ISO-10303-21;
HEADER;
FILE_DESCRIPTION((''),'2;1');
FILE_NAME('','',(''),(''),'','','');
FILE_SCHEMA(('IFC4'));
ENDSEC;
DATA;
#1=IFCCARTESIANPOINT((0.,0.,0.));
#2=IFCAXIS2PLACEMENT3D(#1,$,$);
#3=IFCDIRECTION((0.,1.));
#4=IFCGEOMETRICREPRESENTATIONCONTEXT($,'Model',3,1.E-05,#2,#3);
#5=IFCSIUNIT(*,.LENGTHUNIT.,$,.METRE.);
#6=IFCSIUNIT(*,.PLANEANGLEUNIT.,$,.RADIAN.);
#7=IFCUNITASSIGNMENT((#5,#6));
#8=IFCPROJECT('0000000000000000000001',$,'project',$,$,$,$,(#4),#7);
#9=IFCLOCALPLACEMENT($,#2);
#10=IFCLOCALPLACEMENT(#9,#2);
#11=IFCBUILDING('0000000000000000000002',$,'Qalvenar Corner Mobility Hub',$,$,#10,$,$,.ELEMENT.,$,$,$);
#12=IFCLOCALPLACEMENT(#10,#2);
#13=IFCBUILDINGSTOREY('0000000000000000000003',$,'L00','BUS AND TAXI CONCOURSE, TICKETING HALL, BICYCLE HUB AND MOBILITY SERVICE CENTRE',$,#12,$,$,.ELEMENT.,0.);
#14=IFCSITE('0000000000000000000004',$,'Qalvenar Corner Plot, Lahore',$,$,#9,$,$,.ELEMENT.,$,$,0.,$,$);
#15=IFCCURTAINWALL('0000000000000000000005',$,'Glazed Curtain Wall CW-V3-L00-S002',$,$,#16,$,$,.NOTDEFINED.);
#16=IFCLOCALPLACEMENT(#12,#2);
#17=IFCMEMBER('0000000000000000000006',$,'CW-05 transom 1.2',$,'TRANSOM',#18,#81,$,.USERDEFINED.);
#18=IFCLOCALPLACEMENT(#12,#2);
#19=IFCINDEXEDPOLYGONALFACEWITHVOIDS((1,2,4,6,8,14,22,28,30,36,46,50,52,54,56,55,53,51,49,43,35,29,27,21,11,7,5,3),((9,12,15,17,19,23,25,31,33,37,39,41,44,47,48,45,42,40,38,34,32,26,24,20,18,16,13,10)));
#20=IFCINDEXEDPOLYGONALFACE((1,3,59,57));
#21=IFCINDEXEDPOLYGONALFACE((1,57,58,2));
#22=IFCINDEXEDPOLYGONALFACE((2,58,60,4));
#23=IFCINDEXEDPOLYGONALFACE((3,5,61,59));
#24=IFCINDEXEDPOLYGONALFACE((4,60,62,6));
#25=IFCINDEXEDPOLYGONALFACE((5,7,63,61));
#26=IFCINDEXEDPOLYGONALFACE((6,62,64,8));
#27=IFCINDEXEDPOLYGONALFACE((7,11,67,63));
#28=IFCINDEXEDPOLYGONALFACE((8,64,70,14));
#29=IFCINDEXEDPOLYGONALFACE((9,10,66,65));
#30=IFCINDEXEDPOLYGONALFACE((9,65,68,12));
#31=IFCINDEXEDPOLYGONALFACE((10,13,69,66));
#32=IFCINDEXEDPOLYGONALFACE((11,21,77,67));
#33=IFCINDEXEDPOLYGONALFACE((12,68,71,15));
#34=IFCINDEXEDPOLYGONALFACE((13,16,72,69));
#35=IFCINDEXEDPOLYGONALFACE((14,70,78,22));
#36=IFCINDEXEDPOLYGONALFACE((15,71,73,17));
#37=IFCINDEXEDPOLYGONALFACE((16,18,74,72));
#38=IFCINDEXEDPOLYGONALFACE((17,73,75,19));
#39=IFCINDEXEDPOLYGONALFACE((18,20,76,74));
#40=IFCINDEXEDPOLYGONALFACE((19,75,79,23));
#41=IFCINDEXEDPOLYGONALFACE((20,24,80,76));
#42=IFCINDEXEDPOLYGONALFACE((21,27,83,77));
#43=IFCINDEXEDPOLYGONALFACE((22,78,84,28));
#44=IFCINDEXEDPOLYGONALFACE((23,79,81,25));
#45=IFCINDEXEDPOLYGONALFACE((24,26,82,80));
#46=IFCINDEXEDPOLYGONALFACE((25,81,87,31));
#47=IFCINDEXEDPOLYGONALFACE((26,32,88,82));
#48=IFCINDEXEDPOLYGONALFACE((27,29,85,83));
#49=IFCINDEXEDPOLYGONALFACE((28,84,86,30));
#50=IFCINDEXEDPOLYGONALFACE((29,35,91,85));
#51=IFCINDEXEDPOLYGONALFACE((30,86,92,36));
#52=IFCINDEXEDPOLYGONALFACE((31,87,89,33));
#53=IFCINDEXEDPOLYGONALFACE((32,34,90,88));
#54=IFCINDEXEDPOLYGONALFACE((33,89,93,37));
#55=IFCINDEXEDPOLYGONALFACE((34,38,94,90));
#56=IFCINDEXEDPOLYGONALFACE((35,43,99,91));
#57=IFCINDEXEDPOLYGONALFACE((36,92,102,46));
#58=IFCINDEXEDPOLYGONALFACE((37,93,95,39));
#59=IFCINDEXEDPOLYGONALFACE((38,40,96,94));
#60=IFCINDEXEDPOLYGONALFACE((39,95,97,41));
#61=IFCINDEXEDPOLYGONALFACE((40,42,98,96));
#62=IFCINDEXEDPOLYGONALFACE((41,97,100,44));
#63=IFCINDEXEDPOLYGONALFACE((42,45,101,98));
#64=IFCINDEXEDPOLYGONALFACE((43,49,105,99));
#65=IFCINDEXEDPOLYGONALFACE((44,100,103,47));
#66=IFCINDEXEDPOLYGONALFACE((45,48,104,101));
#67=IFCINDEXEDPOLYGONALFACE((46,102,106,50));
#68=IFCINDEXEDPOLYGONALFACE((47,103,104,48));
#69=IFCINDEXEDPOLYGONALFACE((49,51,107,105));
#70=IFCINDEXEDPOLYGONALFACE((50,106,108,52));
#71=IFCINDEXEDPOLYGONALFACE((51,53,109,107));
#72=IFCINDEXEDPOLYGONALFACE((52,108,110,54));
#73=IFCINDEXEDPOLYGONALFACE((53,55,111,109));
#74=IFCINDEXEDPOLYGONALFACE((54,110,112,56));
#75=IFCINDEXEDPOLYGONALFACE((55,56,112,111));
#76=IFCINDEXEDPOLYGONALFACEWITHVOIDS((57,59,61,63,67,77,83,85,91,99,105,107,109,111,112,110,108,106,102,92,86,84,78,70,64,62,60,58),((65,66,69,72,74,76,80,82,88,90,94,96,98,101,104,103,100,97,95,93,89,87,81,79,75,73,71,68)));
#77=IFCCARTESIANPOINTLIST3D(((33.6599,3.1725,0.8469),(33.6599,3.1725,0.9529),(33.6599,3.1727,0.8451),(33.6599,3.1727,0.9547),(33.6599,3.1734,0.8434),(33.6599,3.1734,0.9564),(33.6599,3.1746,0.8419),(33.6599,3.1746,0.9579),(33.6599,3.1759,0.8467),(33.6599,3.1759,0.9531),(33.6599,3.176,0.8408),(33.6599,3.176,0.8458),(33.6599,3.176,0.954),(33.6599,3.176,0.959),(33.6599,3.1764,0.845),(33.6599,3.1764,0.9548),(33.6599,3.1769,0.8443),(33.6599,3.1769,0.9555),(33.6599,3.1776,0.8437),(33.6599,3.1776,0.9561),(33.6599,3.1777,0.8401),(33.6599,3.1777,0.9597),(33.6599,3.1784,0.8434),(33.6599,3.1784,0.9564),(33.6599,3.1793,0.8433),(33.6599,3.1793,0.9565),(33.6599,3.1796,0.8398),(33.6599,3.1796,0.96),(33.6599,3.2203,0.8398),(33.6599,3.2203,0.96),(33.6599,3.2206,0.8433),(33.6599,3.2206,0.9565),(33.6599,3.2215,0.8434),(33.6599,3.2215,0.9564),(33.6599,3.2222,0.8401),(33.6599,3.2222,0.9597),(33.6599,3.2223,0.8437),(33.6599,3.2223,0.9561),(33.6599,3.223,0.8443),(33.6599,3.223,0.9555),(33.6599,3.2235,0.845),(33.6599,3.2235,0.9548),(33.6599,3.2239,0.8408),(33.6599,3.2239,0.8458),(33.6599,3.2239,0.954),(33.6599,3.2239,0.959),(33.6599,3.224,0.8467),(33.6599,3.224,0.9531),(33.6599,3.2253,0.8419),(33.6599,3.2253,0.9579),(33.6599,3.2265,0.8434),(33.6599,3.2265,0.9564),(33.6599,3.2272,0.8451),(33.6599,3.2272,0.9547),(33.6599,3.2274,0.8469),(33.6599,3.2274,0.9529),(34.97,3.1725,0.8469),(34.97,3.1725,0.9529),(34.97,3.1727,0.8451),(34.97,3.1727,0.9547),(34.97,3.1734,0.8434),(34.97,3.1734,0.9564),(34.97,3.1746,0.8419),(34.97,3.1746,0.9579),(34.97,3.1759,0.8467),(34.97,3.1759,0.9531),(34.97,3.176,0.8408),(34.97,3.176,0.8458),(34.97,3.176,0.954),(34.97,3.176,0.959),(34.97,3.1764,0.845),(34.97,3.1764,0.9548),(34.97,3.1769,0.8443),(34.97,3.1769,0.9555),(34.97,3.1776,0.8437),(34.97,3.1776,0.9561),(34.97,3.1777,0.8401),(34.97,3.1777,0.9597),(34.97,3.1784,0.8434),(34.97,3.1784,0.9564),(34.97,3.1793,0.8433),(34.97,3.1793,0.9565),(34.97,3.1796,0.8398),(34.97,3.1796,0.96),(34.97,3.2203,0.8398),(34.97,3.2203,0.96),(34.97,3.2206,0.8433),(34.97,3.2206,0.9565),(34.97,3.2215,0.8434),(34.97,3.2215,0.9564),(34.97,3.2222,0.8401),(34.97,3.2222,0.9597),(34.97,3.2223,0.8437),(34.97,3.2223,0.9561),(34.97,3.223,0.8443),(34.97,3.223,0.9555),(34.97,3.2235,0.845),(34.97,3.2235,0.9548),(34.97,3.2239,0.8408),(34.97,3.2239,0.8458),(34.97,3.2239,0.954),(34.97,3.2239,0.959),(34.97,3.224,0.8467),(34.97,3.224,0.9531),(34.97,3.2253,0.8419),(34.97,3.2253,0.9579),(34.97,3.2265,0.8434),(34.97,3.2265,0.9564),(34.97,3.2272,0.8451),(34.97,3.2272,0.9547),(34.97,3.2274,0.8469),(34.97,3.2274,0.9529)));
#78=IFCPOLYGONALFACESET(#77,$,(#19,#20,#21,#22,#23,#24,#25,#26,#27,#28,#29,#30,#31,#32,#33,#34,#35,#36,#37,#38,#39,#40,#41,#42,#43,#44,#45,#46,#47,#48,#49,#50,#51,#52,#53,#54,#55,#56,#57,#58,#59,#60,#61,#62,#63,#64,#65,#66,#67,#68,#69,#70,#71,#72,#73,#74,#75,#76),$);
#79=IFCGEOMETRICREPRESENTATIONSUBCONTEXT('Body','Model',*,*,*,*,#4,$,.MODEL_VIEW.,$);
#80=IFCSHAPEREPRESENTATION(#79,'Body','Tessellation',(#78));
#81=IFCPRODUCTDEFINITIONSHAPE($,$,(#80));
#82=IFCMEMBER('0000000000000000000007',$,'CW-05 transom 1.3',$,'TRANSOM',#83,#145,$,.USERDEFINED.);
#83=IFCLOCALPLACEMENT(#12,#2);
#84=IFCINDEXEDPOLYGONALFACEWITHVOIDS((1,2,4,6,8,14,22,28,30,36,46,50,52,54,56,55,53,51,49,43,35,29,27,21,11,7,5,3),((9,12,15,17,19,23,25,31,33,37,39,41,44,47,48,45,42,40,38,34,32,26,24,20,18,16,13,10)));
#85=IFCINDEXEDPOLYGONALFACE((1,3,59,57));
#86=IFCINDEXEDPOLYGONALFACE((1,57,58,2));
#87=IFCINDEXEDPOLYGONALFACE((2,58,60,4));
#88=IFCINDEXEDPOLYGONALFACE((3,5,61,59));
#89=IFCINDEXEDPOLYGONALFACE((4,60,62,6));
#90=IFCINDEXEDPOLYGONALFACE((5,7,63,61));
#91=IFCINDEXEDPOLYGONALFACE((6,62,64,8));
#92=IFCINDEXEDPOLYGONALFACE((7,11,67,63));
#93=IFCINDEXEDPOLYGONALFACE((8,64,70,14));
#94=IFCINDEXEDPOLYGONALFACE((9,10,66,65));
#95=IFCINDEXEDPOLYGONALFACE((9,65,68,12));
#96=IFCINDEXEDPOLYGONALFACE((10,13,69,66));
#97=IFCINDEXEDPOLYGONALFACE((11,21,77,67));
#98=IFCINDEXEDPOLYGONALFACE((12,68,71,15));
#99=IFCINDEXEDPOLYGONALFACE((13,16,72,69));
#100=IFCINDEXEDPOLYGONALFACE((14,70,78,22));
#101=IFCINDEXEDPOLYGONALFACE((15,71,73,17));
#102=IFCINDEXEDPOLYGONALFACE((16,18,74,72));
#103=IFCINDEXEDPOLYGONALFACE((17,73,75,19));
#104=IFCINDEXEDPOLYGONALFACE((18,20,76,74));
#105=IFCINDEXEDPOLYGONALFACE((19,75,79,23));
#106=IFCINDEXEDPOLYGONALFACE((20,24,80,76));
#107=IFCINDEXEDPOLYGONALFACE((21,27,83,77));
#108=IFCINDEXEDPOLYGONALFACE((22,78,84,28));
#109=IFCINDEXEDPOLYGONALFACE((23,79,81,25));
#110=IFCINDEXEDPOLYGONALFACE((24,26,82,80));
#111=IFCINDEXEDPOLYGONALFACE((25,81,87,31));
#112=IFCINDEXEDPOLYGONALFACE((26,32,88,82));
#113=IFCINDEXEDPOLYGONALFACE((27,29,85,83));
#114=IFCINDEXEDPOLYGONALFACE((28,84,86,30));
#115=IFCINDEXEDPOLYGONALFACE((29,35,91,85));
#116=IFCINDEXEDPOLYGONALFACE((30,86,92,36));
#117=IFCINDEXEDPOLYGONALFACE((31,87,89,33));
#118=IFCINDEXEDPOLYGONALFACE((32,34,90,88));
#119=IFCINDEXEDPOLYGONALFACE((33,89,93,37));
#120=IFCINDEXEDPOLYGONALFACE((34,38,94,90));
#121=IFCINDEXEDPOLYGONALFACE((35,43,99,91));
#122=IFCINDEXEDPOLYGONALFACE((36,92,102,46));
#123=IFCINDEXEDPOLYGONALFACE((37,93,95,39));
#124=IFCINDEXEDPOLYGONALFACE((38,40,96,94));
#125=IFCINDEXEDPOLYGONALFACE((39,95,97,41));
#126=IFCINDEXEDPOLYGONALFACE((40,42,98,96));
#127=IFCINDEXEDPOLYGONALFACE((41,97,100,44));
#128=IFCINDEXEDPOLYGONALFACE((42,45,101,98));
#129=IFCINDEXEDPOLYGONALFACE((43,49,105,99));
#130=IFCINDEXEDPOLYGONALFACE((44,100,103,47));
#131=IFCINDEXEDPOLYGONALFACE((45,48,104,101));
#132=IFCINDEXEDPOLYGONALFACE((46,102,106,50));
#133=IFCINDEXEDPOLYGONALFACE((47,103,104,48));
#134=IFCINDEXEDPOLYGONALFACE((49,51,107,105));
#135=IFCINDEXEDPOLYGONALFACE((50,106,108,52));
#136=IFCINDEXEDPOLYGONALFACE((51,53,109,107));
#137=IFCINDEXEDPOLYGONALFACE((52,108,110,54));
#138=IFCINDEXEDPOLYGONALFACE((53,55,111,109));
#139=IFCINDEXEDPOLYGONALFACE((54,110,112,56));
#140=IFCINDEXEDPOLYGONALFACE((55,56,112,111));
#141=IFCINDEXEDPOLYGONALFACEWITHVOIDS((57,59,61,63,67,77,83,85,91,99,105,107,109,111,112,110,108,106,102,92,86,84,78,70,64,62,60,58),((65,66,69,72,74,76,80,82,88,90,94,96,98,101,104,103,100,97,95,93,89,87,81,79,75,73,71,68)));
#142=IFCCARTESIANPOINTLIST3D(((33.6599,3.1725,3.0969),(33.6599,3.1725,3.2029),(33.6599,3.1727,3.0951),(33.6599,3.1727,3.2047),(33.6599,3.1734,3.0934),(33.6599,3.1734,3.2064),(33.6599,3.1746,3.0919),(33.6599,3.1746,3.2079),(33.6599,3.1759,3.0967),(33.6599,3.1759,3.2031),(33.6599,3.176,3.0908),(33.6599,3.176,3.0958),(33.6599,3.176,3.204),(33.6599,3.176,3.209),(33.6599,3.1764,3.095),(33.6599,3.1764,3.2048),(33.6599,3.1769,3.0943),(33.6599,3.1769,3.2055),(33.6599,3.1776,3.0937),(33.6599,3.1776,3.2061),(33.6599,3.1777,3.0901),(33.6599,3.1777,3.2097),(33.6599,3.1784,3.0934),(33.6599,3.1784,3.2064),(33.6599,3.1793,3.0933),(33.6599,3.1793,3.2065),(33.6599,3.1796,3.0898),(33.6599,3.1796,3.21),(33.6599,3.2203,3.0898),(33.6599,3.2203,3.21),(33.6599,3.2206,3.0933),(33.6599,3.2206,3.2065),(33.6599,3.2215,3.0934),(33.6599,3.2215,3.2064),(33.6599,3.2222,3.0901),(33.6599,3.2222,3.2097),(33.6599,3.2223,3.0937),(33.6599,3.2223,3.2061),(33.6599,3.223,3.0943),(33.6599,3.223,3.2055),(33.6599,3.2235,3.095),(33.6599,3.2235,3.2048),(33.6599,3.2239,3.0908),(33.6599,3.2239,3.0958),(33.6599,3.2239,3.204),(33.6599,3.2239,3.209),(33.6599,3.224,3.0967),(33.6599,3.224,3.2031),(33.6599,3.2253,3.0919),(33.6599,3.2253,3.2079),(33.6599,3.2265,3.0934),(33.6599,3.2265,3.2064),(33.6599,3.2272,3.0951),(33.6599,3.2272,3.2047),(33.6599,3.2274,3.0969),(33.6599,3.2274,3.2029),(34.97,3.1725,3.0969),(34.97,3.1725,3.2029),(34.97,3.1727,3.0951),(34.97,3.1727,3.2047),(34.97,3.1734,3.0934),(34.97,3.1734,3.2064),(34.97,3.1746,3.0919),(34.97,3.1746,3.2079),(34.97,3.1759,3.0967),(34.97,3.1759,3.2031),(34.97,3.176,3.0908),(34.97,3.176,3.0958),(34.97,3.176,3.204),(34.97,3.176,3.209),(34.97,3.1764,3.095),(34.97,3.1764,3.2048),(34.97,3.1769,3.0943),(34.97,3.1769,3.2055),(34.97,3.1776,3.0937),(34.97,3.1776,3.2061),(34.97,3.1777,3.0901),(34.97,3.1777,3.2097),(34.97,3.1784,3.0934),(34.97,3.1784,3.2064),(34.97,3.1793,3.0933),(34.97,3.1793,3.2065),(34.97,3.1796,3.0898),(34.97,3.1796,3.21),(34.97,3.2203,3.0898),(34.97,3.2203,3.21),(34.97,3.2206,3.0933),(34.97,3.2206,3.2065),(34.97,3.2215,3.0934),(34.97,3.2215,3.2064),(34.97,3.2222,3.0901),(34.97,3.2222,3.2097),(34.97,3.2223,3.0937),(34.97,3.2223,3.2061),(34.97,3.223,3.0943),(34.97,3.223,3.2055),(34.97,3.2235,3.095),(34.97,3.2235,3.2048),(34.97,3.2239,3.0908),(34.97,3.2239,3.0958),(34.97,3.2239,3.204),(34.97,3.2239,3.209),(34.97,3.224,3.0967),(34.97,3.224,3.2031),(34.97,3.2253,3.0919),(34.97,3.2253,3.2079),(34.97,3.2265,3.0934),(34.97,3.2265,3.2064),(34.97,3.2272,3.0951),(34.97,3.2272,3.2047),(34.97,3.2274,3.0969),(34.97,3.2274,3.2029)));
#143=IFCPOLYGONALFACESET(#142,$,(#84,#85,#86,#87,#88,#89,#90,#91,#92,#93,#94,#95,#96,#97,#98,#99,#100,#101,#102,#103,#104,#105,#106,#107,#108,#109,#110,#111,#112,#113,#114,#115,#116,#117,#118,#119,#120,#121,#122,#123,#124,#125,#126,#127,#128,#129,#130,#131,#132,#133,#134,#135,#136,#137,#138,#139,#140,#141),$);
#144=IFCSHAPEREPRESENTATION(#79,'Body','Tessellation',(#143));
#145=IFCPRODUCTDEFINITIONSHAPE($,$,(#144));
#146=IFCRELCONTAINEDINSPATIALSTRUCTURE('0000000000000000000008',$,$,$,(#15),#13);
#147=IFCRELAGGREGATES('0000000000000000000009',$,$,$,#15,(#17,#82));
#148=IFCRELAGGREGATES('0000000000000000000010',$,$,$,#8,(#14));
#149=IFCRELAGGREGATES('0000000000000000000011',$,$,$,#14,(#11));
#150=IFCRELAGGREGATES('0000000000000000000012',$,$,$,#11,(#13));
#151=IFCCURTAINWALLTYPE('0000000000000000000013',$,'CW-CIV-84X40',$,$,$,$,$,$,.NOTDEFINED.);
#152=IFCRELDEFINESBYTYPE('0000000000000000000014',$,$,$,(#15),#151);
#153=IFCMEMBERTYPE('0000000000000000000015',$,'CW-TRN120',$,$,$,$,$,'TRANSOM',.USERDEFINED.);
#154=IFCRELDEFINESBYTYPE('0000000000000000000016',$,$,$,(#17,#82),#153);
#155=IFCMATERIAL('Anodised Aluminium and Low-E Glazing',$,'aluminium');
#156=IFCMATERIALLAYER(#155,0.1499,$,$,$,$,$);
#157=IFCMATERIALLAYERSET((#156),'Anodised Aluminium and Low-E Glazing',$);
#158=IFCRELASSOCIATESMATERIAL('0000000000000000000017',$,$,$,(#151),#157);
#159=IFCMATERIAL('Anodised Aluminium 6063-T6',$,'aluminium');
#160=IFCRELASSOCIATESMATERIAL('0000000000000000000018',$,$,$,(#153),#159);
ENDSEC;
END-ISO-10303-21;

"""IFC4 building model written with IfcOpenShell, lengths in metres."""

from ifc_helpers import new_model, si_unit, direction, frame, origin, origin_2d, place, context, subcontext, project, spatial, hollow_rectangle, extrude, material, layer, layer_set, material_profile, profile_set, type_object, element, aggregate, save


model = new_model("IFC4")

# Units and contexts
model_context = context("Model", 3, precision=1e-05, world=origin(), true_north=direction((0.0, 1.0)))
body_context = subcontext(model_context, "Body", "Model", "MODEL_VIEW")
ifc_project = project(units=[si_unit("LENGTHUNIT", "METRE"), si_unit("PLANEANGLEUNIT", "RADIAN")], contexts=[model_context])

# Site, building, storey
site_placement = place(None, origin())
site = spatial("IfcSite", under=ifc_project, at=site_placement, Name="Qalvenar Corner Plot, Lahore", CompositionType="ELEMENT", RefElevation=0.0)
building_placement = place(site_placement, origin())
building = spatial("IfcBuilding", under=site, at=building_placement, Name="Qalvenar Corner Mobility Hub", CompositionType="ELEMENT")
storey_placement = place(building_placement, origin())
storey = spatial("IfcBuildingStorey", under=building, at=storey_placement, Name="L00", Description="BUS AND TAXI CONCOURSE, TICKETING HALL, BICYCLE HUB AND MOBILITY SERVICE CENTRE", CompositionType="ELEMENT", Elevation=0.0)

# Curtain wall, members
ifc_material_1 = material(Name="Anodised Aluminium and Low-E Glazing", Category="aluminium")
ifc_layer_1 = layer(ifc_material_1, 0.1499)
ifc_layer_set_1 = layer_set([ifc_layer_1], Name="Anodised Aluminium and Low-E Glazing")
curtain_wall_type = type_object("IfcCurtainWallType", Name="CW-CIV-84X40", PredefinedType="NOTDEFINED", material=ifc_layer_set_1)
curtain_wall_placement = place(storey_placement, origin())
curtain_wall = element("IfcCurtainWall", 1, at=curtain_wall_placement, inside=storey, type_object=curtain_wall_type, Name="Glazed Curtain Wall CW-V3-L00-S002", PredefinedType="NOTDEFINED")
ifc_material_2 = material(Name="Anodised Aluminium 6063-T6", Category="aluminium")
ifc_material_profile_1 = material_profile(ifc_material_2, hollow_rectangle(XDim=0.0549, YDim=0.1201, WallThickness=0.0034, InnerFilletRadius=0.0034, OuterFilletRadius=0.0071, at=origin_2d()), Name="RHS120x55x3.5")
ifc_profile_set_1 = profile_set([ifc_material_profile_1], Name="Anodised Aluminium 6063-T6")
member_type_1 = type_object("IfcMemberType", Name="CW-TRN120", ElementType="TRANSOM", PredefinedType="USERDEFINED", material=ifc_profile_set_1)
member_1_placement = place(storey_placement, frame((33.6599, 3.2, 0.8999), z_axis=(1.0, 0.0, 0.0), x_axis=(0.0, 1.0, 0.0)))
member_1 = element("IfcMember", 2, at=member_1_placement, type_object=member_type_1, Name="CW-05 transom 1.2", ObjectType="TRANSOM", PredefinedType="USERDEFINED", context=body_context, shape_type="SweptSolid", body=[
    extrude(hollow_rectangle(XDim=0.0549, YDim=0.1201, WallThickness=0.0034, InnerFilletRadius=0.0034, OuterFilletRadius=0.0071, at=origin_2d()), origin(), (0.0, 0.0, 1.0), 1.3101),
])
member_2_placement = place(storey_placement, frame((33.6599, 3.2, 3.1499), z_axis=(1.0, 0.0, 0.0), x_axis=(0.0, 1.0, 0.0)))
member_2 = element("IfcMember", 3, at=member_2_placement, type_object=member_type_1, Name="CW-05 transom 1.3", ObjectType="TRANSOM", PredefinedType="USERDEFINED", context=body_context, shape_type="SweptSolid", body=[
    extrude(hollow_rectangle(XDim=0.0549, YDim=0.1201, WallThickness=0.0034, InnerFilletRadius=0.0034, OuterFilletRadius=0.0071, at=origin_2d()), origin(), (0.0, 0.0, 1.0), 1.3101),
])
aggregate(curtain_wall, [member_1, member_2])

save(model, "model.ifc")
